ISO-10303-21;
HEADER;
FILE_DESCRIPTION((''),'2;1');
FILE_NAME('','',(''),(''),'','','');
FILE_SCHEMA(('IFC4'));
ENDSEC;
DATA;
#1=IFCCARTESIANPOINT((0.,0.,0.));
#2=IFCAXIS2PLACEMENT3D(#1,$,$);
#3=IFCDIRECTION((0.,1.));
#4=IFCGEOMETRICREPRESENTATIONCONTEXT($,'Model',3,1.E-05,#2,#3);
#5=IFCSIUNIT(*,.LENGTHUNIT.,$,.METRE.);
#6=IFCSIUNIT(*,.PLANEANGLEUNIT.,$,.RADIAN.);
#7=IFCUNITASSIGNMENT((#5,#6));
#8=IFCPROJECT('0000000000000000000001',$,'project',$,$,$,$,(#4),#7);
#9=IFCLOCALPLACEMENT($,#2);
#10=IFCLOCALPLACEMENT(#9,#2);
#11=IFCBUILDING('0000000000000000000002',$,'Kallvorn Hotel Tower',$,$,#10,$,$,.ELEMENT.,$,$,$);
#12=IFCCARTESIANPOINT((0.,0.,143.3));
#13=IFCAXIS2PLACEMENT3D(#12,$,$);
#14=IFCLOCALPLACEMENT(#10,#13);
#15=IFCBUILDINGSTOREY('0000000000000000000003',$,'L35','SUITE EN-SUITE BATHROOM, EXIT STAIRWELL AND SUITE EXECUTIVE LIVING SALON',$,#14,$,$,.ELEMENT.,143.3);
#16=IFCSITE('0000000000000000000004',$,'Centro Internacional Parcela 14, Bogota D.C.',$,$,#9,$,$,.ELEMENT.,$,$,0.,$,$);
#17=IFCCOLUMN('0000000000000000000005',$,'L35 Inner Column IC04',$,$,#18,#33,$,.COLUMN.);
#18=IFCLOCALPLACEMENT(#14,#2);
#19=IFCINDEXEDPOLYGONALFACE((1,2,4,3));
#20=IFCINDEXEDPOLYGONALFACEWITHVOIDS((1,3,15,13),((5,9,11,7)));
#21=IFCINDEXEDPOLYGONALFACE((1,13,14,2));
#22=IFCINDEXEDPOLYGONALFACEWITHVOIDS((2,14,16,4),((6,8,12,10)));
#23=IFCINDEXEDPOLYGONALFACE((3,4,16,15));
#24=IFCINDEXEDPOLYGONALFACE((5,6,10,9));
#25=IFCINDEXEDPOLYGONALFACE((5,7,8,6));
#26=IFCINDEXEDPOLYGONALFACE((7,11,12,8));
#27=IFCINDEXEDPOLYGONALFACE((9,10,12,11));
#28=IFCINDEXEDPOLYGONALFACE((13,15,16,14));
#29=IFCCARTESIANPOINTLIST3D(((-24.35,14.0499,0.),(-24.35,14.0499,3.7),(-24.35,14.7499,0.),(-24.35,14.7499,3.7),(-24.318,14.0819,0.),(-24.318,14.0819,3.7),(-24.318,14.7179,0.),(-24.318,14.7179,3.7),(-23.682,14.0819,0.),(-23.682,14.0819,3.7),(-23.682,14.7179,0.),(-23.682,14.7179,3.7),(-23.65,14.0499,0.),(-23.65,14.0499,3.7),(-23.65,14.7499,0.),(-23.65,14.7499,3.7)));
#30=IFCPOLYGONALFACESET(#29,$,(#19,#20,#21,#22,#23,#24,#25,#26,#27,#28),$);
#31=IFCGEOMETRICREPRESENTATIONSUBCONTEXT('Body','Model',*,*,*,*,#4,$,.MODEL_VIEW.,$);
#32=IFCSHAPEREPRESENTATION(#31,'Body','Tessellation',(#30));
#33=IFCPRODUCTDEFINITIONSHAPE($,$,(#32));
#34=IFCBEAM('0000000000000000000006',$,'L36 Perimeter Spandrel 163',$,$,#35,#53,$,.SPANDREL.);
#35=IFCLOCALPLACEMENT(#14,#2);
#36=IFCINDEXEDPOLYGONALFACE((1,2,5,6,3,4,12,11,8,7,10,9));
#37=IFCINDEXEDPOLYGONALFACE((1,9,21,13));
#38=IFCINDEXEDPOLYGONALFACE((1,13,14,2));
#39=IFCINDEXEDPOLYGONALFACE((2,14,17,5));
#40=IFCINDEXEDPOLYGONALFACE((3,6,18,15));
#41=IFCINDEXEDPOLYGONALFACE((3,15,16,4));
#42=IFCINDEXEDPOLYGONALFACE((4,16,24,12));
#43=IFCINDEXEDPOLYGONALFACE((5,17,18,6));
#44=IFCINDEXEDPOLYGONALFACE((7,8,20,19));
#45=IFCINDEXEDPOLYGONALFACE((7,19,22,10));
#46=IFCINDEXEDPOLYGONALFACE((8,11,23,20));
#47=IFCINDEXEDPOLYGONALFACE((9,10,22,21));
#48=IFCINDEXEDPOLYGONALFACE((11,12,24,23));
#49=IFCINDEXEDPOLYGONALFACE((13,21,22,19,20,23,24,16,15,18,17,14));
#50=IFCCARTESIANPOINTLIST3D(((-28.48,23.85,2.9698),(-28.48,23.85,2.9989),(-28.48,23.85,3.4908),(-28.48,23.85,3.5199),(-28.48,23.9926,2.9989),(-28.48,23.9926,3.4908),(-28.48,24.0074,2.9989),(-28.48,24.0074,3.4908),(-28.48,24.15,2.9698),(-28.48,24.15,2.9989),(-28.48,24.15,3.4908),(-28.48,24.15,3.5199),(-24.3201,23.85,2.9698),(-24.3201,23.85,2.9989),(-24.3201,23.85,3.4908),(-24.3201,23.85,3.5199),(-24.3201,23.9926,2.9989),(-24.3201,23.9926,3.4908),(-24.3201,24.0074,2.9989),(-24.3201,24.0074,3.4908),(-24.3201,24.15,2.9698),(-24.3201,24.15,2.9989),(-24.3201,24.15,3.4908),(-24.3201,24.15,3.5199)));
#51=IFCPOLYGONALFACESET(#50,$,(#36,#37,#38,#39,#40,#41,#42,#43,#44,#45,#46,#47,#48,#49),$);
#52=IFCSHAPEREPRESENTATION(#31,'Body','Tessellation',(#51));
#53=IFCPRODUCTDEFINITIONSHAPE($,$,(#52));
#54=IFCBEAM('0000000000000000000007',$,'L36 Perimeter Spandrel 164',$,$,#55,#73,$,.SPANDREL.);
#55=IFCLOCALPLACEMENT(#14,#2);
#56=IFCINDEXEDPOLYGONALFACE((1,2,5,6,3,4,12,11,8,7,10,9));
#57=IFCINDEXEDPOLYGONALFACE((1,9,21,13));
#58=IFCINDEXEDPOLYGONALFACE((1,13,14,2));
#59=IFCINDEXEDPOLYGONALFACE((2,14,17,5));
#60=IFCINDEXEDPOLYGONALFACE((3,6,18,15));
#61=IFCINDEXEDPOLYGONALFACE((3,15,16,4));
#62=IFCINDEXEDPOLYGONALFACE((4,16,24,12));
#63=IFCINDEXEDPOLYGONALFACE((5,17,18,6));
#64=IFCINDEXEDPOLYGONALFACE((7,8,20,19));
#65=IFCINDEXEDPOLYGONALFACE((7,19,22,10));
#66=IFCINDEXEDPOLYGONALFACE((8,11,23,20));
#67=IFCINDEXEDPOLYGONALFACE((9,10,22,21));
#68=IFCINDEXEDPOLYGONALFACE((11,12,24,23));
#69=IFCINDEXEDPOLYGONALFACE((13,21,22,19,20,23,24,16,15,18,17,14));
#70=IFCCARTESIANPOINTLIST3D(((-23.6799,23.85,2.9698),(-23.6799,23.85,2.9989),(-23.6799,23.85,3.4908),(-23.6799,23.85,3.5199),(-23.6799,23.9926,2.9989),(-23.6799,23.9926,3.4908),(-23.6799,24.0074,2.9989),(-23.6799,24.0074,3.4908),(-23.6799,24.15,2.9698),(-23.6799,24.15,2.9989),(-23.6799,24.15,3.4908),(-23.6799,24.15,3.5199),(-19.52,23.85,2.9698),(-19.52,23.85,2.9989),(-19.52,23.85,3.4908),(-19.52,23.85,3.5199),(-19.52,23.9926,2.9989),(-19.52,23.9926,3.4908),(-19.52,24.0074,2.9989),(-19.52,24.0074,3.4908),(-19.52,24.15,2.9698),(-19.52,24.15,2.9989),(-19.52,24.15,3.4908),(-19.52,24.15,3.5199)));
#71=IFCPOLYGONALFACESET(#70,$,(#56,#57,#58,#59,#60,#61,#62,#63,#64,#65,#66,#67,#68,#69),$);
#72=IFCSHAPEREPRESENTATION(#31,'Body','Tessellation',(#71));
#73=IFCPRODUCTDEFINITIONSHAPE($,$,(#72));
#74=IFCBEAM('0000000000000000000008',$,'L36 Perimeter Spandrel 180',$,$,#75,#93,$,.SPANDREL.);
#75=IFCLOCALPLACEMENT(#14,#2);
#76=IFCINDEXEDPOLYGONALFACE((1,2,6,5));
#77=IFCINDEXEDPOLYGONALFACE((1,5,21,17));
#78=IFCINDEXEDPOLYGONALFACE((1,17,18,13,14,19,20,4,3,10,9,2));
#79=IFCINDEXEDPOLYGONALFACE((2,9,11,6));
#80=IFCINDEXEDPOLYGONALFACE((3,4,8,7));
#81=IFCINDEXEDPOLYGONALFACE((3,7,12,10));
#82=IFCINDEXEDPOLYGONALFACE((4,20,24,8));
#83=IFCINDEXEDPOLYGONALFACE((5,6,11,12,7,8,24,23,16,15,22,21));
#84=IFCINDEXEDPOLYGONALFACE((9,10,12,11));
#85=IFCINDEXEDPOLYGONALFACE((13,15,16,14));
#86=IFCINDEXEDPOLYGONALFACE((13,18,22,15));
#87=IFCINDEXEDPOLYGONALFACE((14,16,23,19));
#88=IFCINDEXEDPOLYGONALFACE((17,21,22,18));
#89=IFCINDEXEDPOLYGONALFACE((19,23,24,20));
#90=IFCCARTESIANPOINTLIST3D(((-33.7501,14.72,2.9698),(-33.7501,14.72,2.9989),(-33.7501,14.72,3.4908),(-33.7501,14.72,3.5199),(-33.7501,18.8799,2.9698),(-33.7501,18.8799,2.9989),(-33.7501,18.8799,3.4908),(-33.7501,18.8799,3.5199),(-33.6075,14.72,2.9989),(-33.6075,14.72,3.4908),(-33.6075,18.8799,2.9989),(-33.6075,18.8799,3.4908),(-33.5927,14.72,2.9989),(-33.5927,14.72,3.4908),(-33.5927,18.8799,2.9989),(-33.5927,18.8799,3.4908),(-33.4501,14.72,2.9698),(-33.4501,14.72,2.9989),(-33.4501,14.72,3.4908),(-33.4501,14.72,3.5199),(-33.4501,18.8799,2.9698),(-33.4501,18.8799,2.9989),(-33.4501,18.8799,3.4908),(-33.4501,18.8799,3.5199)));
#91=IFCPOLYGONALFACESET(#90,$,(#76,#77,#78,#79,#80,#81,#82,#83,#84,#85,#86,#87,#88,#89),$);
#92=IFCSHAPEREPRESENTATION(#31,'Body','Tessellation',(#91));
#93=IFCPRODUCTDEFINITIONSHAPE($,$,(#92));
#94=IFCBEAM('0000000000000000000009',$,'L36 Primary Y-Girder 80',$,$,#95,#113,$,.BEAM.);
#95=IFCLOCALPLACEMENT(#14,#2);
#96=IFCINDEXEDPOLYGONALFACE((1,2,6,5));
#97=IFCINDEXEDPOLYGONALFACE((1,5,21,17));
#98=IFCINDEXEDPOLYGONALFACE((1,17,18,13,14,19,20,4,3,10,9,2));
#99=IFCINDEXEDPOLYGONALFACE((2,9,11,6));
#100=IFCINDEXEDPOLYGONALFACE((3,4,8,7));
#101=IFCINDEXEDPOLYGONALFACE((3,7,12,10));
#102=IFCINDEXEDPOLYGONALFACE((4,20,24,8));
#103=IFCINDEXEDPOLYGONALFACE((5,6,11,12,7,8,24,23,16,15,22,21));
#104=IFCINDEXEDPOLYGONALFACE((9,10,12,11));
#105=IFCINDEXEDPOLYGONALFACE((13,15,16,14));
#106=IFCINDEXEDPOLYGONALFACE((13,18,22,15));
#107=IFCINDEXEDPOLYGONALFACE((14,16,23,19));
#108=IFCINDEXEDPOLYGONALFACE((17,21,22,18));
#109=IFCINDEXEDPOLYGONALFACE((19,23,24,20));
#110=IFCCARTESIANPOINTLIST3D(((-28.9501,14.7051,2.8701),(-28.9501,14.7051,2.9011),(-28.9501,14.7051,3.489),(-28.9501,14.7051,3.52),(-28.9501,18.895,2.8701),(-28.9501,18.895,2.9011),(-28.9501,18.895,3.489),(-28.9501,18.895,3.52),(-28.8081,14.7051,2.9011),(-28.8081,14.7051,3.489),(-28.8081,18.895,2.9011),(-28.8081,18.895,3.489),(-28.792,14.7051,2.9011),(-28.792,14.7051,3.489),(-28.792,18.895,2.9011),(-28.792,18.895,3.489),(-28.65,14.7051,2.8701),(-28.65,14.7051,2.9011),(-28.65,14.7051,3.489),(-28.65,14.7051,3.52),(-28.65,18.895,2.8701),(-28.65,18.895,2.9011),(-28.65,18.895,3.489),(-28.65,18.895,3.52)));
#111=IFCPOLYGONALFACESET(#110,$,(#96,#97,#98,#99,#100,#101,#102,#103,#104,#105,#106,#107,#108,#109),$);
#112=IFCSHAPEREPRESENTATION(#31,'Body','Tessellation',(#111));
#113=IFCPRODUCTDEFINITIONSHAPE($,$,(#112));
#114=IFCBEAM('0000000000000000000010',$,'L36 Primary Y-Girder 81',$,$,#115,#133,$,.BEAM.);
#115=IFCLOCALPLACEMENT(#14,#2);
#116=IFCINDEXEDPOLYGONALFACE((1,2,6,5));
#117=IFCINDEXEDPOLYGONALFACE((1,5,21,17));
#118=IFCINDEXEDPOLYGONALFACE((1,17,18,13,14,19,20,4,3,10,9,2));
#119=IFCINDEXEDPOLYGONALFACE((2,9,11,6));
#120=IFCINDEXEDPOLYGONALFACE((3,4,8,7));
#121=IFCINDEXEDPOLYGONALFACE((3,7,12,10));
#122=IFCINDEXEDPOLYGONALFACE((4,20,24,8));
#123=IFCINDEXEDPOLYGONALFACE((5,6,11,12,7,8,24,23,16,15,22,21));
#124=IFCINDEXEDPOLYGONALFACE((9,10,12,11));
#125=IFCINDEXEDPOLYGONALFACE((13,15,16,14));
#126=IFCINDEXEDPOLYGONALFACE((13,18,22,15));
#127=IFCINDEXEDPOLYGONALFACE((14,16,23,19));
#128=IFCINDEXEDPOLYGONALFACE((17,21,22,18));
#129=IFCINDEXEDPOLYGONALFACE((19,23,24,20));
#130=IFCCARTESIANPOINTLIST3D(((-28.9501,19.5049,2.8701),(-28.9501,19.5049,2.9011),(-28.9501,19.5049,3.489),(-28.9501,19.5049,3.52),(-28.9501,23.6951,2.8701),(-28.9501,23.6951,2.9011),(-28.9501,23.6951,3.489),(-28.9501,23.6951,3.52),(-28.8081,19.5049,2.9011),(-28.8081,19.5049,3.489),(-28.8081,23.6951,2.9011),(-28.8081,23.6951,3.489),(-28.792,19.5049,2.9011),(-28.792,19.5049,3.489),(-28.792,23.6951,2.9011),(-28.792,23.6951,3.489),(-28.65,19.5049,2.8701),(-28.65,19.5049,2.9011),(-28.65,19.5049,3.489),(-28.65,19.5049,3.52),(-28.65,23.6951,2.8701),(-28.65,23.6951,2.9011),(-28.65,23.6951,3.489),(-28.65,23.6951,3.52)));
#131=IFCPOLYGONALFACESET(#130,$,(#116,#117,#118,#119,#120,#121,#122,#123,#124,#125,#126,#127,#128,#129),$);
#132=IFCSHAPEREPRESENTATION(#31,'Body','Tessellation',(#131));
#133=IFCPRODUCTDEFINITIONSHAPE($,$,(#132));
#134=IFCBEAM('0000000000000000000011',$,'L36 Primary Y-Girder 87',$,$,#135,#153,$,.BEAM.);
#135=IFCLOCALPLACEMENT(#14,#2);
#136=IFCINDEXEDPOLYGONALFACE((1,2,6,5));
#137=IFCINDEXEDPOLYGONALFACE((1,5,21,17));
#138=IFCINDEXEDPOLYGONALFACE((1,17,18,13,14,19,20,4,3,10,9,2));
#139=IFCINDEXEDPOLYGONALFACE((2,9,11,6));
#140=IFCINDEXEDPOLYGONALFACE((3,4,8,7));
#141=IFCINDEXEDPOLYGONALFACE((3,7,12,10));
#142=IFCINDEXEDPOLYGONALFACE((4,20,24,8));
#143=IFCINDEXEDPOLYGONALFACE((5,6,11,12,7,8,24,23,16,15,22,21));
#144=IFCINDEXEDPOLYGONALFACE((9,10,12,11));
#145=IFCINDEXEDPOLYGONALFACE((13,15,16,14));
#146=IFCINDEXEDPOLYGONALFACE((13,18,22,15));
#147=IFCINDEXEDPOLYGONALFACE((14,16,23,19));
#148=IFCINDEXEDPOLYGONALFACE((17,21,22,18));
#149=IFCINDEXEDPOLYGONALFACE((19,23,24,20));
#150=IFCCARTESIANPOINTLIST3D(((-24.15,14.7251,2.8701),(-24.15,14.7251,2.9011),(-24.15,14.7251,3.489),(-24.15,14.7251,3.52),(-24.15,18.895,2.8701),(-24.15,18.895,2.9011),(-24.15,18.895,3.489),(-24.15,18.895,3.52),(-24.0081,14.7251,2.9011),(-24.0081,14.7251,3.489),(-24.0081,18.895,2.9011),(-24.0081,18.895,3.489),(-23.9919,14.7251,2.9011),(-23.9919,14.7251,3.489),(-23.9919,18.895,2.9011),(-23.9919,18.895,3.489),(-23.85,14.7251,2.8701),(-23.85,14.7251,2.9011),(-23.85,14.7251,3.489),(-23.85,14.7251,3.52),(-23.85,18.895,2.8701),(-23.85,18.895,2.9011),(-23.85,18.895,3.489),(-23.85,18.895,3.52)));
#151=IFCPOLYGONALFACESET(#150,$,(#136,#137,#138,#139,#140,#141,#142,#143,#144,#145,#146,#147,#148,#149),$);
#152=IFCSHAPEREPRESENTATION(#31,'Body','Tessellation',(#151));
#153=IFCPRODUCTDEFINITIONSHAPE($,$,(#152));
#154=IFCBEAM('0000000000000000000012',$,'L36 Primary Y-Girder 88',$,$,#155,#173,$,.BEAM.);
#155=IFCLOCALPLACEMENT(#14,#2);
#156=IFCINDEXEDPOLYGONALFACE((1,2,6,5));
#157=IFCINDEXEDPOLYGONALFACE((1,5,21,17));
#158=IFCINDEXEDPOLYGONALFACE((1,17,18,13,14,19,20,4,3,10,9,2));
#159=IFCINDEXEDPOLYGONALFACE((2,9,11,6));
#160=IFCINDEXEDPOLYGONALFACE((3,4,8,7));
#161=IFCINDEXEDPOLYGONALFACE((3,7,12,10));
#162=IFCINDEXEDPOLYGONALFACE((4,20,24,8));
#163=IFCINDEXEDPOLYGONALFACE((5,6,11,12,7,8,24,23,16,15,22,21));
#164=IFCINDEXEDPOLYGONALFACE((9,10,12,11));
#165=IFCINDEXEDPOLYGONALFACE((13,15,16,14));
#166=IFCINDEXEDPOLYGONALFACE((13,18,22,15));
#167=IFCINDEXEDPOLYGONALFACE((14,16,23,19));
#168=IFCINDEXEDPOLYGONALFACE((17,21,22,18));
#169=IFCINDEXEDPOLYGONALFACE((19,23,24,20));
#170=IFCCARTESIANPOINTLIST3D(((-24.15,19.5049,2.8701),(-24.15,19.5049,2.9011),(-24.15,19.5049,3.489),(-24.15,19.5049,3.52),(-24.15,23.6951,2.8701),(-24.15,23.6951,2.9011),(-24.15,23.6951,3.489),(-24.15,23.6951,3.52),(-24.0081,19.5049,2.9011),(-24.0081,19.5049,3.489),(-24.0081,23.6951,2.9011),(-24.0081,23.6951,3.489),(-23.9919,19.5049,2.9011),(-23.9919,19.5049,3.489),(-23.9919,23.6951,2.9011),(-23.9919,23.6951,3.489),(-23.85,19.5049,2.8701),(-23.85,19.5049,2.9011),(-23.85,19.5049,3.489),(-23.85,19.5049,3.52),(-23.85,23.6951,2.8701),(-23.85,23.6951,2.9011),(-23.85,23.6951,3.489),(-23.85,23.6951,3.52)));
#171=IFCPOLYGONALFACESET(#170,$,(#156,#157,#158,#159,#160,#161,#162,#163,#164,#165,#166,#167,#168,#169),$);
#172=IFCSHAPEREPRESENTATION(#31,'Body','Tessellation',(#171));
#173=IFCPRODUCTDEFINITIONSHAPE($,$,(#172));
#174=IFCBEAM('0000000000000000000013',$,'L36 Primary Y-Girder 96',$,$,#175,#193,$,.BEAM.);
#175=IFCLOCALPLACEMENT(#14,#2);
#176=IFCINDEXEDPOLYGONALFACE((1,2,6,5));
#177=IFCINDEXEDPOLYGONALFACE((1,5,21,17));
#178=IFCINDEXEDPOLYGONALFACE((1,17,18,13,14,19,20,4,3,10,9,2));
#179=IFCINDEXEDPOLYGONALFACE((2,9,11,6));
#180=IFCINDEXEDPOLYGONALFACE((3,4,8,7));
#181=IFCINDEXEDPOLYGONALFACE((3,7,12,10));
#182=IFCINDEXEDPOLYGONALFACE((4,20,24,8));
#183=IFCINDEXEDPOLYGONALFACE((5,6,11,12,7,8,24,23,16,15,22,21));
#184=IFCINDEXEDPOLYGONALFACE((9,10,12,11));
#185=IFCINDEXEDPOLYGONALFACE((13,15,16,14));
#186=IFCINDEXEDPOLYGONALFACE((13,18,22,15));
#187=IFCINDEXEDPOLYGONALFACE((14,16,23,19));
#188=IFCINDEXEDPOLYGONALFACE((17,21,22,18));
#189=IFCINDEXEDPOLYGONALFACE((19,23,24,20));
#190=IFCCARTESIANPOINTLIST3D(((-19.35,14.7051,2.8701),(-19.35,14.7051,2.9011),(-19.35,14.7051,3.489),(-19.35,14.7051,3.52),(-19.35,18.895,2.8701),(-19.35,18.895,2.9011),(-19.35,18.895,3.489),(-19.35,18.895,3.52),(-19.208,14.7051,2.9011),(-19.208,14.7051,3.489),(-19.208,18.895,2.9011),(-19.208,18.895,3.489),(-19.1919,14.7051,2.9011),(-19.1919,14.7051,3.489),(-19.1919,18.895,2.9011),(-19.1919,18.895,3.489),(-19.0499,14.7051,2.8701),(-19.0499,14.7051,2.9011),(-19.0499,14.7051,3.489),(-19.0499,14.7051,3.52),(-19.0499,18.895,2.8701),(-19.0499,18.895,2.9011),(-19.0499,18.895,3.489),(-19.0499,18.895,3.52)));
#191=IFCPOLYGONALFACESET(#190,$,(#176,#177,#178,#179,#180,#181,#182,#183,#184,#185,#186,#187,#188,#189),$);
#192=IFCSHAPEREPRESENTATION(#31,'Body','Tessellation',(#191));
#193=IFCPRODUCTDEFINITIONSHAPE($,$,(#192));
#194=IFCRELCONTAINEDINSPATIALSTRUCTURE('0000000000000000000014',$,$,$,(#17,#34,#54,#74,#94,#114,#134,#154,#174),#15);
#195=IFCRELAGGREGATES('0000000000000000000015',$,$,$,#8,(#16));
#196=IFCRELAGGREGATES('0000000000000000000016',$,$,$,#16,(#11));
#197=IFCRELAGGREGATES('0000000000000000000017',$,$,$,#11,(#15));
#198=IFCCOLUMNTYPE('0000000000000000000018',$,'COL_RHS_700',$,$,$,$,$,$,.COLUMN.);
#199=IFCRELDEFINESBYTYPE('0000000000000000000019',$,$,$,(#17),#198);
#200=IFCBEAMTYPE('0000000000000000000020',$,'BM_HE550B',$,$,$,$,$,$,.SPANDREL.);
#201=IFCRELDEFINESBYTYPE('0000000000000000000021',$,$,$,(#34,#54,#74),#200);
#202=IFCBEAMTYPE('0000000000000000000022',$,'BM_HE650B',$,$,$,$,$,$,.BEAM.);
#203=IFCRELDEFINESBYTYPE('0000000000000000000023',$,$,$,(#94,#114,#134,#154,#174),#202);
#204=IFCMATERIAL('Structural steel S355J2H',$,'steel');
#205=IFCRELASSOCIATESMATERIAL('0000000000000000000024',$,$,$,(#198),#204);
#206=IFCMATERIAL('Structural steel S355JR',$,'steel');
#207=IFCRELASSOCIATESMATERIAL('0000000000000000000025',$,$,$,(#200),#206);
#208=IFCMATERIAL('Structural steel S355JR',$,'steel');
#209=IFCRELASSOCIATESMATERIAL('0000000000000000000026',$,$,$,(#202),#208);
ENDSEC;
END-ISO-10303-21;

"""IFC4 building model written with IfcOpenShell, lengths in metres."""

from ifc_helpers import new_model, si_unit, direction, frame, origin, origin_2d, place, context, subcontext, project, spatial, hollow_rectangle, i_section, extrude, material, material_profile, profile_set, type_object, element, save


model = new_model("IFC4")

# Units and contexts
model_context = context("Model", 3, precision=1e-05, world=origin(), true_north=direction((0.0, 1.0)))
body_context = subcontext(model_context, "Body", "Model", "MODEL_VIEW")
ifc_project = project(units=[si_unit("LENGTHUNIT", "METRE"), si_unit("PLANEANGLEUNIT", "RADIAN")], contexts=[model_context])

# Site, building, storey
site_placement = place(None, origin())
site = spatial("IfcSite", under=ifc_project, at=site_placement, Name="Centro Internacional Parcela 14, Bogota D.C.", CompositionType="ELEMENT", RefElevation=0.0)
building_placement = place(site_placement, origin())
building = spatial("IfcBuilding", under=site, at=building_placement, Name="Kallvorn Hotel Tower", CompositionType="ELEMENT")
storey_placement = place(building_placement, frame((0.0, 0.0, 143.3)))
storey = spatial("IfcBuildingStorey", under=building, at=storey_placement, Name="L35", Description="SUITE EN-SUITE BATHROOM, EXIT STAIRWELL AND SUITE EXECUTIVE LIVING SALON", CompositionType="ELEMENT", Elevation=143.3)

# Column
ifc_material_1 = material(Name="Structural steel S355J2H", Category="steel")
ifc_material_profile_1 = material_profile(ifc_material_1, hollow_rectangle(XDim=0.7, YDim=0.7, WallThickness=0.032, at=origin_2d()), Name="RHS 700x700x32")
ifc_profile_set_1 = profile_set([ifc_material_profile_1], Name="Structural steel S355J2H")
column_type_1 = type_object("IfcColumnType", Name="COL_RHS_700", PredefinedType="COLUMN", material=ifc_profile_set_1)
column_placement = place(storey_placement, frame((-24.0, 14.3999, 0.0), z_axis=(0.0, 0.0, 1.0), x_axis=(1.0, 0.0, 0.0)))
element("IfcColumn", 1, at=column_placement, inside=storey, type_object=column_type_1, Name="L35 Inner Column IC04", PredefinedType="COLUMN", context=body_context, shape_type="SweptSolid", body=[
    extrude(hollow_rectangle(XDim=0.7, YDim=0.7, WallThickness=0.032, at=origin_2d()), origin(), (0.0, 0.0, 1.0), 3.7),
])

# Beams
ifc_material_2 = material(Name="Structural steel S355JR", Category="steel")
ifc_material_profile_2 = material_profile(ifc_material_2, i_section(OverallWidth=0.3, OverallDepth=0.55, WebThickness=0.0149, FlangeThickness=0.0291, at=origin_2d()), Name="HE 550 B")
ifc_profile_set_2 = profile_set([ifc_material_profile_2], Name="Structural steel S355JR")
beam_type_1 = type_object("IfcBeamType", Name="BM_HE550B", PredefinedType="SPANDREL", material=ifc_profile_set_2)
for number, where, z_axis, x_axis, name in (
    (2, (-28.48, 24.0, 3.2449), (1.0, 0.0, 0.0), (0.0, 1.0, 0.0), "L36 Perimeter Spandrel 163"),
    (3, (-23.6799, 24.0, 3.2449), (1.0, 0.0, 0.0), (0.0, 1.0, 0.0), "L36 Perimeter Spandrel 164"),
    (4, (-33.6001, 14.72, 3.2449), (0.0, 1.0, 0.0), (-1.0, 0.0, 0.0), "L36 Perimeter Spandrel 180"),
):
    element("IfcBeam", number, at=place(storey_placement, frame(where, z_axis=z_axis, x_axis=x_axis)), inside=storey, type_object=beam_type_1, Name=name, PredefinedType="SPANDREL", context=body_context, shape_type="SweptSolid", body=[
        extrude(i_section(OverallWidth=0.3, OverallDepth=0.55, WebThickness=0.0149, FlangeThickness=0.0291, at=origin_2d()), origin(), (0.0, 0.0, 1.0), 4.1599),
    ])
ifc_material_3 = material(Name="Structural steel S355JR", Category="steel")
ifc_material_profile_3 = material_profile(ifc_material_3, i_section(OverallWidth=0.3, OverallDepth=0.6499, WebThickness=0.0161, FlangeThickness=0.031, at=origin_2d()), Name="HE 650 B")
ifc_profile_set_3 = profile_set([ifc_material_profile_3], Name="Structural steel S355JR")
beam_type_2 = type_object("IfcBeamType", Name="BM_HE650B", PredefinedType="BEAM", material=ifc_profile_set_3)
beam_1_placement = place(storey_placement, frame((-28.8, 14.7051, 3.1951), z_axis=(0.0, 1.0, 0.0), x_axis=(-1.0, 0.0, 0.0)))
element("IfcBeam", 5, at=beam_1_placement, inside=storey, type_object=beam_type_2, Name="L36 Primary Y-Girder 80", PredefinedType="BEAM", context=body_context, shape_type="SweptSolid", body=[
    extrude(i_section(OverallWidth=0.3, OverallDepth=0.6499, WebThickness=0.0161, FlangeThickness=0.031, at=origin_2d()), origin(), (0.0, 0.0, 1.0), 4.1899),
])
beam_2_placement = place(storey_placement, frame((-28.8, 19.5049, 3.1951), z_axis=(0.0, 1.0, 0.0), x_axis=(-1.0, 0.0, 0.0)))
element("IfcBeam", 6, at=beam_2_placement, inside=storey, type_object=beam_type_2, Name="L36 Primary Y-Girder 81", PredefinedType="BEAM", context=body_context, shape_type="SweptSolid", body=[
    extrude(i_section(OverallWidth=0.3, OverallDepth=0.6499, WebThickness=0.0161, FlangeThickness=0.031, at=origin_2d()), origin(), (0.0, 0.0, 1.0), 4.1902),
])
beam_3_placement = place(storey_placement, frame((-24.0, 14.7251, 3.1951), z_axis=(0.0, 1.0, 0.0), x_axis=(-1.0, 0.0, 0.0)))
element("IfcBeam", 7, at=beam_3_placement, inside=storey, type_object=beam_type_2, Name="L36 Primary Y-Girder 87", PredefinedType="BEAM", context=body_context, shape_type="SweptSolid", body=[
    extrude(i_section(OverallWidth=0.3, OverallDepth=0.6499, WebThickness=0.0161, FlangeThickness=0.031, at=origin_2d()), origin(), (0.0, 0.0, 1.0), 4.1699),
])
beam_4_placement = place(storey_placement, frame((-24.0, 19.5049, 3.1951), z_axis=(0.0, 1.0, 0.0), x_axis=(-1.0, 0.0, 0.0)))
element("IfcBeam", 8, at=beam_4_placement, inside=storey, type_object=beam_type_2, Name="L36 Primary Y-Girder 88", PredefinedType="BEAM", context=body_context, shape_type="SweptSolid", body=[
    extrude(i_section(OverallWidth=0.3, OverallDepth=0.6499, WebThickness=0.0161, FlangeThickness=0.031, at=origin_2d()), origin(), (0.0, 0.0, 1.0), 4.1902),
])
beam_5_placement = place(storey_placement, frame((-19.2, 14.7051, 3.1951), z_axis=(0.0, 1.0, 0.0), x_axis=(-1.0, 0.0, 0.0)))
element("IfcBeam", 9, at=beam_5_placement, inside=storey, type_object=beam_type_2, Name="L36 Primary Y-Girder 96", PredefinedType="BEAM", context=body_context, shape_type="SweptSolid", body=[
    extrude(i_section(OverallWidth=0.3, OverallDepth=0.6499, WebThickness=0.0161, FlangeThickness=0.031, at=origin_2d()), origin(), (0.0, 0.0, 1.0), 4.1899),
])

save(model, "model.ifc")
